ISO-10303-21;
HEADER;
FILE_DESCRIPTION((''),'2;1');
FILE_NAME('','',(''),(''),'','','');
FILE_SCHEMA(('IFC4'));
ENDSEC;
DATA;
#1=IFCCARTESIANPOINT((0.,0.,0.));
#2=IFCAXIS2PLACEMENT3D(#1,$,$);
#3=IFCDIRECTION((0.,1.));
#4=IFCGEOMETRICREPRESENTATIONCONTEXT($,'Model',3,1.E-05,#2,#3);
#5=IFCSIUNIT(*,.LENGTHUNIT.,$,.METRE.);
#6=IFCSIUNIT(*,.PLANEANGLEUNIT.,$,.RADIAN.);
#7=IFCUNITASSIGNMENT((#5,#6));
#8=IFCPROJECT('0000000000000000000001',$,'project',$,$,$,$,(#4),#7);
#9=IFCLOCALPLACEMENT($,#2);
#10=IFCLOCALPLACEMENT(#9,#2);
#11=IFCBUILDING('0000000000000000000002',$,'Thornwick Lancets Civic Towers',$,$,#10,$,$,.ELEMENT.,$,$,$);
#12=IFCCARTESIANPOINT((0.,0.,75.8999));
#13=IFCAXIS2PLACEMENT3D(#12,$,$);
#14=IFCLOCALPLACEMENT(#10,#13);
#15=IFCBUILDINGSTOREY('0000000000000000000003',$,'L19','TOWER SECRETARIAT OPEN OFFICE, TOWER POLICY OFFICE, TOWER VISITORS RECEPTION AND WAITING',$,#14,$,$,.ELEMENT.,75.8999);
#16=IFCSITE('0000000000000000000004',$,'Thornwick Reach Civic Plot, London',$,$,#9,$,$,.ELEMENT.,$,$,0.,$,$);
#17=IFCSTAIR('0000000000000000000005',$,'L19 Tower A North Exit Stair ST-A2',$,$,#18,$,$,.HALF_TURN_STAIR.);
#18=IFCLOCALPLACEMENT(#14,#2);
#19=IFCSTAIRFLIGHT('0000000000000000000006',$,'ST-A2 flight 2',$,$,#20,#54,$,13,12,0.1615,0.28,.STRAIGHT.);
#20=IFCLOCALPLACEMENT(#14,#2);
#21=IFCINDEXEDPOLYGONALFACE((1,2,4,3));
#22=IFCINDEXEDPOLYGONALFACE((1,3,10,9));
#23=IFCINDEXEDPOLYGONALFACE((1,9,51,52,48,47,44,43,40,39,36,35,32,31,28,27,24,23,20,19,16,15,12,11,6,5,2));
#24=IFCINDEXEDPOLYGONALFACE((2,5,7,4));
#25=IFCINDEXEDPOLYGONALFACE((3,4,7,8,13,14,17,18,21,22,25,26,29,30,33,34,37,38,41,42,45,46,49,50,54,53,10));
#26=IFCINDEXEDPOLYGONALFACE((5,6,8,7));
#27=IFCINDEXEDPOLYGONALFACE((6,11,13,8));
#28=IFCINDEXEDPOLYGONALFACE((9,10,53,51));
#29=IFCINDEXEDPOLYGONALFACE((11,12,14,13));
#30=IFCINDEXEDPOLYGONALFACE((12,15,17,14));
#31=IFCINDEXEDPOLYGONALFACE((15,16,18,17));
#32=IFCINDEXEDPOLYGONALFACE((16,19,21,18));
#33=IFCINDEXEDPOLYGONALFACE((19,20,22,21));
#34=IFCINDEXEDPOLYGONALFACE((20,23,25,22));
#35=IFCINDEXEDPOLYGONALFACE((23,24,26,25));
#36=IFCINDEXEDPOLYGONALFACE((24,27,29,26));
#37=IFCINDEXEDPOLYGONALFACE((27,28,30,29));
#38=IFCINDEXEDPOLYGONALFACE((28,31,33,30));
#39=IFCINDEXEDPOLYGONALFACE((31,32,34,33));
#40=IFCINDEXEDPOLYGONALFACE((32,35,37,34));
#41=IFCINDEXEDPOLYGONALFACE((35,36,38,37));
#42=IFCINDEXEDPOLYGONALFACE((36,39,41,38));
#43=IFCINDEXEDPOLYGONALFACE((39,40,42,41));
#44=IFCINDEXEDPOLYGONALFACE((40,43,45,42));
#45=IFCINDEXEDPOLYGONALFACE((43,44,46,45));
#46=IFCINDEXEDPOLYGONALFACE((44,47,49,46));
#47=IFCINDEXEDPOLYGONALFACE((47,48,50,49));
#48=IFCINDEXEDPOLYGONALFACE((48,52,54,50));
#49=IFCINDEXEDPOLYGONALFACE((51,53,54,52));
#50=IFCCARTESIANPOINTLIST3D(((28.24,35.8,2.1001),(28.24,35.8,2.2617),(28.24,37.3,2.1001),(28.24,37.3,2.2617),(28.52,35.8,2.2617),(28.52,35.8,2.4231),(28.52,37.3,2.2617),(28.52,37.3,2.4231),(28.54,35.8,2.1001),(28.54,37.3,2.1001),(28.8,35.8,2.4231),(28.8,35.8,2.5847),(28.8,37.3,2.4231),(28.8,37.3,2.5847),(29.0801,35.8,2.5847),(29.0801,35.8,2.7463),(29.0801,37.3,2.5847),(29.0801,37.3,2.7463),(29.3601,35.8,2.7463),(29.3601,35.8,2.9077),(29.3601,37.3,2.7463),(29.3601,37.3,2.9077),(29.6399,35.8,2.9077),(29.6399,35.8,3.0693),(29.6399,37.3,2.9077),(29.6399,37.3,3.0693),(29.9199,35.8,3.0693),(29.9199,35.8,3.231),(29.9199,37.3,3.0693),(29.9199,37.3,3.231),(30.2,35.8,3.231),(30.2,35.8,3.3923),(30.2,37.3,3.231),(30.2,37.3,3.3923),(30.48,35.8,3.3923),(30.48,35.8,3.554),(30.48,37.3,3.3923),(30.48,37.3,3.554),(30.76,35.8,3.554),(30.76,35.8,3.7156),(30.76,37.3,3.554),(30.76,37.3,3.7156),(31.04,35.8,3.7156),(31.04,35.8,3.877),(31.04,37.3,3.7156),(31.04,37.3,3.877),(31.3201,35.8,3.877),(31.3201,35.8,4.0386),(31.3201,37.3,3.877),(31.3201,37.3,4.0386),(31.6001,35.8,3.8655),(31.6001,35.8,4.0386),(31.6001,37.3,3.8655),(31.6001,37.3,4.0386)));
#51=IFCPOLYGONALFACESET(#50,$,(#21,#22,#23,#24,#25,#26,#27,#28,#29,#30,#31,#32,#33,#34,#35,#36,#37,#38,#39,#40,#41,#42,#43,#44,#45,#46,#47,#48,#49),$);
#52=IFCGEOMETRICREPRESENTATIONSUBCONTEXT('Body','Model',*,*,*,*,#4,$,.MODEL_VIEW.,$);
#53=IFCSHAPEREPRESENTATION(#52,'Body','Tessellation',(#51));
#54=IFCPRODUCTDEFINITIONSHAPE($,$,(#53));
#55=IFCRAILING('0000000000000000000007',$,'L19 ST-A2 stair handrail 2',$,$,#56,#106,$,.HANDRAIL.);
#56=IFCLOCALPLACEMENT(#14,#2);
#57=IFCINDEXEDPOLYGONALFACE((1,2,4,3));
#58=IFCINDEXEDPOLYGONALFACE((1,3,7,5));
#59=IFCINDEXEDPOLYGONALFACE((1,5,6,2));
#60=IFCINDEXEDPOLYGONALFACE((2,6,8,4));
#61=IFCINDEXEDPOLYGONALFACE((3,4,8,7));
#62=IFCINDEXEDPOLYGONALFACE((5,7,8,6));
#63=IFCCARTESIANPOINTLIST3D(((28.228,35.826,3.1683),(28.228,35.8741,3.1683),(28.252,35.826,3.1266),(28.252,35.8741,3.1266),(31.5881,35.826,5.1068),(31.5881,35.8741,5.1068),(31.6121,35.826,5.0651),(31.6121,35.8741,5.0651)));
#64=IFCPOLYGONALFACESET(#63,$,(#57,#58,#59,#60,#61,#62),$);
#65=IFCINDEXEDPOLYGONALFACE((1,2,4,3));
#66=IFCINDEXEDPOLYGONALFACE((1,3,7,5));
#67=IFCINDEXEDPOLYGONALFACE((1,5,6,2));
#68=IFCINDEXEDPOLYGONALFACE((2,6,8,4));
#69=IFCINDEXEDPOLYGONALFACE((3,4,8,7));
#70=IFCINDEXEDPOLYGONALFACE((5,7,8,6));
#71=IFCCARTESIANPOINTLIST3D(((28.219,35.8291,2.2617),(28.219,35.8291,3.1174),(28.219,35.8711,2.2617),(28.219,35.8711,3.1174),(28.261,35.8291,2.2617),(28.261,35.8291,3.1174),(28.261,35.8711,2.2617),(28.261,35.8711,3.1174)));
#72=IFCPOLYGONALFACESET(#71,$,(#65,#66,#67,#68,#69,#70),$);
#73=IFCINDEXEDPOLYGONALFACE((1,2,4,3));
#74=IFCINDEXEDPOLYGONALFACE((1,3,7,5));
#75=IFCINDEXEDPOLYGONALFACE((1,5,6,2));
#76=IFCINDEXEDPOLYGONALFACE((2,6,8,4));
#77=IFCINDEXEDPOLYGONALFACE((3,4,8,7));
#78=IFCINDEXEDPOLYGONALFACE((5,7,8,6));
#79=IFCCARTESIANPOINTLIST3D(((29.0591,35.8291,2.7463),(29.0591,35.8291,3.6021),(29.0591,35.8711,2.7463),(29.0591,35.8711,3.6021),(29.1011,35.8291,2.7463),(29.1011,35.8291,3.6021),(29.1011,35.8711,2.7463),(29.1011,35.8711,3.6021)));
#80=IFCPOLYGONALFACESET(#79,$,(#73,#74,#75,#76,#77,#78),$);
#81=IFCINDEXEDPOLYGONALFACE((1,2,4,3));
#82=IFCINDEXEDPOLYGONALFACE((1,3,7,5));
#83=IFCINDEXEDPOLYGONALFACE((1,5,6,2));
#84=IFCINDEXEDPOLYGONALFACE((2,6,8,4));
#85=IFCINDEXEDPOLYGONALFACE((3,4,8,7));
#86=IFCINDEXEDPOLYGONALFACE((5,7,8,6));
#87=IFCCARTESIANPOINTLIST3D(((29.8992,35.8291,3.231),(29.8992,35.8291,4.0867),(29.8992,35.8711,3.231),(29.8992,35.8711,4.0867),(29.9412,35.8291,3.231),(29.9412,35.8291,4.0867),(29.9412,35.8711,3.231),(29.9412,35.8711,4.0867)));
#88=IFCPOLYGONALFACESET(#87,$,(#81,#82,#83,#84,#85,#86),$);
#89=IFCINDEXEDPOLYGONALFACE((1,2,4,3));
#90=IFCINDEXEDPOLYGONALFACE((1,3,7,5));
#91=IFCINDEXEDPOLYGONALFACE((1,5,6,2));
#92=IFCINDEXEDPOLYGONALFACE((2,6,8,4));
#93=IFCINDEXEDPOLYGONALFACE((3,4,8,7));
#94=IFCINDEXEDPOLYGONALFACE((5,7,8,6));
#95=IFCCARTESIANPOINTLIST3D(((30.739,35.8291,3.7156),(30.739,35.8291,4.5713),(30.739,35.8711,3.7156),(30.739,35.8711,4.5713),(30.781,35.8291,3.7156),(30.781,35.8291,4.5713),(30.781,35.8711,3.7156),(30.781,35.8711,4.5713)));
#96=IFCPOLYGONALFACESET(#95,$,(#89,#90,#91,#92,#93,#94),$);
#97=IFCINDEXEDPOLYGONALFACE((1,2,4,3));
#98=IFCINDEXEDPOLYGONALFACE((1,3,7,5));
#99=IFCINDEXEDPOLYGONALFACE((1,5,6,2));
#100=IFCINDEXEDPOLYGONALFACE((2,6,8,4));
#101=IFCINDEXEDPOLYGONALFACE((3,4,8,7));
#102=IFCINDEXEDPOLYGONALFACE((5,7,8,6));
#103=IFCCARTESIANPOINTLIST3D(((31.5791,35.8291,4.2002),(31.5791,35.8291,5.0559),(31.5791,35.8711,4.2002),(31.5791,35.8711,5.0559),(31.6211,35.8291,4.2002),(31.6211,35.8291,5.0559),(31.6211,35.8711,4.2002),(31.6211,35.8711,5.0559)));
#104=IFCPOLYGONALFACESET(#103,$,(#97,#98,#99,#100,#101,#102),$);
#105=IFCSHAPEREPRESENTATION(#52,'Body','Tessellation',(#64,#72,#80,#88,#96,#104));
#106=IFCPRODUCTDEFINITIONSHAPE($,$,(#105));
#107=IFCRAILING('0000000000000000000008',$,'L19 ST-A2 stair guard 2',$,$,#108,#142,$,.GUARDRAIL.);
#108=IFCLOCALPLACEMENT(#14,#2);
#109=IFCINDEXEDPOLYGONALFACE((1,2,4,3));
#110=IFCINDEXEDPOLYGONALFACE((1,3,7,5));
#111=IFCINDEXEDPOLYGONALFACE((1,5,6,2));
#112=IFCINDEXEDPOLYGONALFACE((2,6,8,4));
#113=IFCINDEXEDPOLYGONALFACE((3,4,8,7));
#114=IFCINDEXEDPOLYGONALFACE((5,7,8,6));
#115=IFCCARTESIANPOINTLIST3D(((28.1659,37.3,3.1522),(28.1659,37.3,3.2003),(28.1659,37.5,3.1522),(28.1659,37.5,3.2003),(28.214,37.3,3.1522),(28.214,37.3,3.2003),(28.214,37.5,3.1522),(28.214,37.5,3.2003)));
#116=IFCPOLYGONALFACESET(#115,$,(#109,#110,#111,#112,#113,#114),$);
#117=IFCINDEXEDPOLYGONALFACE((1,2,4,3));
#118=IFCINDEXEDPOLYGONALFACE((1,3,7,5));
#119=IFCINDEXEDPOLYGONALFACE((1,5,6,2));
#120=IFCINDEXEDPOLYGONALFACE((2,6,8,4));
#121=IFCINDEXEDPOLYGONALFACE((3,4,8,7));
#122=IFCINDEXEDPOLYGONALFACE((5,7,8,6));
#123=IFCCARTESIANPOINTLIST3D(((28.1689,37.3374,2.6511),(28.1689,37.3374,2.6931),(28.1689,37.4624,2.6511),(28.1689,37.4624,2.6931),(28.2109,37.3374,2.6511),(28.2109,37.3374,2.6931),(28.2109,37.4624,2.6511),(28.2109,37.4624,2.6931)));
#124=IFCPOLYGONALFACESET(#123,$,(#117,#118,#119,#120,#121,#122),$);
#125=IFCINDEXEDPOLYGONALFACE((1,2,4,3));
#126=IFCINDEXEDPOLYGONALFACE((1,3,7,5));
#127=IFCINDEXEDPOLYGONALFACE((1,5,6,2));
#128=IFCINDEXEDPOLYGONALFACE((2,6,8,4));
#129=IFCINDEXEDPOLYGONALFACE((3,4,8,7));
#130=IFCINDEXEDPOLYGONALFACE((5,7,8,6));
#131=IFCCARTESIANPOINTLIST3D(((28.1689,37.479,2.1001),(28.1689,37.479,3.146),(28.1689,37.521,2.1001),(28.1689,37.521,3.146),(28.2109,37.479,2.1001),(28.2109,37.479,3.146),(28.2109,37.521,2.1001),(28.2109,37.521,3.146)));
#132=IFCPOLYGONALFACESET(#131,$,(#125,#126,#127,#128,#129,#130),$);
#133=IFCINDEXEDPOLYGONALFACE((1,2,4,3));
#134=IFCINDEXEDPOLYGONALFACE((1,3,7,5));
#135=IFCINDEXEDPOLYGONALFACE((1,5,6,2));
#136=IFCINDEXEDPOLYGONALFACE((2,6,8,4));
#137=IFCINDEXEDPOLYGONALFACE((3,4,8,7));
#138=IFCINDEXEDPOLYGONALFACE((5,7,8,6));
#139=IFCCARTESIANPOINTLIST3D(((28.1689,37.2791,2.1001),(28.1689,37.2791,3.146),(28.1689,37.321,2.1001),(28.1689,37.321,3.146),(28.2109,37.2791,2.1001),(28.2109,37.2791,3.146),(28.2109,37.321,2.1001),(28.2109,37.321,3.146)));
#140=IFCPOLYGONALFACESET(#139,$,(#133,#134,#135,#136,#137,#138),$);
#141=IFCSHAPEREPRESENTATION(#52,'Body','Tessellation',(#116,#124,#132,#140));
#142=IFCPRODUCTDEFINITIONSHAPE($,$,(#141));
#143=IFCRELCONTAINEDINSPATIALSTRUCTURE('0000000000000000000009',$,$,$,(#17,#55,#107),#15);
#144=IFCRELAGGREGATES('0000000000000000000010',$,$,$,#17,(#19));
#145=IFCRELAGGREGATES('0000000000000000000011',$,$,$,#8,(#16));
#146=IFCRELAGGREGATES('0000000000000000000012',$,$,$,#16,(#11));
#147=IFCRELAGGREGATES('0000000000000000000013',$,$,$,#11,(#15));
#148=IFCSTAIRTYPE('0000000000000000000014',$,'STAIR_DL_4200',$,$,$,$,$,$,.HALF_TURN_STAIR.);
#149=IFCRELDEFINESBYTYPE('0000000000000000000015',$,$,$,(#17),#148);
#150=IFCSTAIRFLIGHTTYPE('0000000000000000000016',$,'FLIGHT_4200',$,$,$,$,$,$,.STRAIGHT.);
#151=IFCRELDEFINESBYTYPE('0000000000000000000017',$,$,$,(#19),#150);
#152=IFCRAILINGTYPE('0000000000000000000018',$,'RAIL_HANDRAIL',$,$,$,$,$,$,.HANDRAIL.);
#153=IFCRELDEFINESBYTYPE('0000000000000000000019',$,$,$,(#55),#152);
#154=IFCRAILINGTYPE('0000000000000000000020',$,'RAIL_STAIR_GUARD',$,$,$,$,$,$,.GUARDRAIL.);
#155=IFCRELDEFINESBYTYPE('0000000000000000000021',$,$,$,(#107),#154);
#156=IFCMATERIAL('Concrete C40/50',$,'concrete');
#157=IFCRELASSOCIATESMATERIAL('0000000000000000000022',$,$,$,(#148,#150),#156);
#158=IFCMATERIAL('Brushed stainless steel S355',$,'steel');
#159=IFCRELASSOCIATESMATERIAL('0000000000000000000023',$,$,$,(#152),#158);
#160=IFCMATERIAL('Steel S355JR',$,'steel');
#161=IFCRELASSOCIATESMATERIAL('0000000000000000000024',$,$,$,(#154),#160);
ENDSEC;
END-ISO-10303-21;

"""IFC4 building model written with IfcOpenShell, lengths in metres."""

from ifc_helpers import new_model, si_unit, direction, frame, origin, origin_2d, place, context, subcontext, project, spatial, polyline, rectangle, outline, extrude, material, type_object, element, aggregate, save


model = new_model("IFC4")

# Units and contexts
model_context = context("Model", 3, precision=1e-05, world=origin(), true_north=direction((0.0, 1.0)))
body_context = subcontext(model_context, "Body", "Model", "MODEL_VIEW")
ifc_project = project(units=[si_unit("LENGTHUNIT", "METRE"), si_unit("PLANEANGLEUNIT", "RADIAN")], contexts=[model_context])

# Site, building, storey
site_placement = place(None, origin())
site = spatial("IfcSite", under=ifc_project, at=site_placement, Name="Thornwick Reach Civic Plot, London", CompositionType="ELEMENT", RefElevation=0.0)
building_placement = place(site_placement, origin())
building = spatial("IfcBuilding", under=site, at=building_placement, Name="Thornwick Lancets Civic Towers", CompositionType="ELEMENT")
storey_placement = place(building_placement, frame((0.0, 0.0, 75.8999)))
storey = spatial("IfcBuildingStorey", under=building, at=storey_placement, Name="L19", Description="TOWER SECRETARIAT OPEN OFFICE, TOWER POLICY OFFICE, TOWER VISITORS RECEPTION AND WAITING", CompositionType="ELEMENT", Elevation=75.8999)

# Shared definitions
ifc_material_1 = material(Name="Steel S355JR", Category="steel")

# Shared definitions
ifc_material_2 = material(Name="Concrete C40/50", Category="concrete")

# Stair, stair flight
stair_type = type_object("IfcStairType", Name="STAIR_DL_4200", PredefinedType="HALF_TURN_STAIR", material=ifc_material_2)
stair_placement = place(storey_placement, origin())
stair = element("IfcStair", 1, at=stair_placement, inside=storey, type_object=stair_type, Name="L19 Tower A North Exit Stair ST-A2", PredefinedType="HALF_TURN_STAIR")
stair_flight_type = type_object("IfcStairFlightType", Name="FLIGHT_4200", PredefinedType="STRAIGHT", material=ifc_material_2)
stair_flight_placement = place(storey_placement, frame((28.24, 36.55, 2.1001), z_axis=(0.0, 0.0, 1.0), x_axis=(1.0, 0.0, 0.0)))
stair_flight = element("IfcStairFlight", 2, at=stair_flight_placement, type_object=stair_flight_type, Name="ST-A2 flight 2", NumberOfRisers=13, NumberOfTreads=12, PredefinedType="STRAIGHT", RiserHeight=0.1615, TreadLength=0.28, context=body_context, shape_type="SweptSolid", body=[
    extrude(outline(polyline([(0.0, 0.0), (0.0, 0.1616), (0.28, 0.1616), (0.28, 0.323), (0.5601, 0.323), (0.5601, 0.4846), (0.8401, 0.4846), (0.8401, 0.6462), (1.1201, 0.6462), (1.1201, 0.8076), (1.3999, 0.8076), (1.3999, 0.9692), (1.6799, 0.9692), (1.6799, 1.1309), (1.96, 1.1309), (1.96, 1.2922), (2.24, 1.2922), (2.24, 1.4539), (2.52, 1.4539), (2.52, 1.6155), (2.8, 1.6155), (2.8, 1.7769), (3.0801, 1.7769), (3.0801, 1.9385), (3.3601, 1.9385), (3.3601, 2.1001), (3.3601, 1.7654), (0.3, 0.0), (0.0, 0.0)])), frame((0.0, 0.75, 0.0), z_axis=(0.0, -1.0, 0.0), x_axis=(1.0, 0.0, 0.0)), (0.0, 0.0, 1.0), 1.5),
])
aggregate(stair, [stair_flight])

# Railings
ifc_material_3 = material(Name="Brushed stainless steel S355", Category="steel")
railing_type_1 = type_object("IfcRailingType", Name="RAIL_HANDRAIL", PredefinedType="HANDRAIL", material=ifc_material_3)
railing_1_placement = place(storey_placement, frame((28.24, 35.8501, 2.2617)))
element("IfcRailing", 3, at=railing_1_placement, inside=storey, type_object=railing_type_1, Name="L19 ST-A2 stair handrail 2", PredefinedType="HANDRAIL", context=body_context, shape_type="SweptSolid", body=[
    extrude(rectangle(XDim=0.0481, YDim=0.0481, at=origin_2d()), frame((0.0, 0.0, 0.8857), z_axis=(0.866191, 0.0, 0.499713), x_axis=(0.0, 1.0, 0.0)), (0.0, 0.0, 1.0), 3.8792),
    extrude(rectangle(XDim=0.042, YDim=0.042, at=origin_2d()), origin(), (0.0, 0.0, 1.0), 0.8557),
    extrude(rectangle(XDim=0.042, YDim=0.042, at=origin_2d()), frame((0.8401, 0.0, 0.4846)), (0.0, 0.0, 1.0), 0.8557),
    extrude(rectangle(XDim=0.042, YDim=0.042, at=origin_2d()), frame((1.6802, 0.0, 0.9692)), (0.0, 0.0, 1.0), 0.8557),
    extrude(rectangle(XDim=0.042, YDim=0.042, at=origin_2d()), frame((2.52, 0.0, 1.4539)), (0.0, 0.0, 1.0), 0.8557),
    extrude(rectangle(XDim=0.042, YDim=0.042, at=origin_2d()), frame((3.3601, 0.0, 1.9385)), (0.0, 0.0, 1.0), 0.8557),
])
railing_type_2 = type_object("IfcRailingType", Name="RAIL_STAIR_GUARD", PredefinedType="GUARDRAIL", material=ifc_material_1)
railing_2_placement = place(storey_placement, frame((28.1899, 37.5, 2.1001)))
element("IfcRailing", 4, at=railing_2_placement, inside=storey, type_object=railing_type_2, Name="L19 ST-A2 stair guard 2", PredefinedType="GUARDRAIL", context=body_context, shape_type="SweptSolid", body=[
    extrude(rectangle(XDim=0.0481, YDim=0.0481, at=origin_2d()), frame((0.0, 0.0, 1.0762), z_axis=(0.0, -1.0, 0.0), x_axis=(1.0, 0.0, 0.0)), (0.0, 0.0, 1.0), 0.2),
    extrude(rectangle(XDim=0.042, YDim=0.042, at=origin_2d()), frame((0.0, -0.0376, 0.572), z_axis=(0.0, -1.0, 0.0), x_axis=(1.0, 0.0, 0.0)), (0.0, 0.0, 1.0), 0.125),
    extrude(rectangle(XDim=0.042, YDim=0.042, at=origin_2d()), origin(), (0.0, 0.0, 1.0), 1.0459),
    extrude(rectangle(XDim=0.042, YDim=0.042, at=origin_2d()), frame((0.0, -0.2, 0.0)), (0.0, 0.0, 1.0), 1.0459),
])

save(model, "model.ifc")
